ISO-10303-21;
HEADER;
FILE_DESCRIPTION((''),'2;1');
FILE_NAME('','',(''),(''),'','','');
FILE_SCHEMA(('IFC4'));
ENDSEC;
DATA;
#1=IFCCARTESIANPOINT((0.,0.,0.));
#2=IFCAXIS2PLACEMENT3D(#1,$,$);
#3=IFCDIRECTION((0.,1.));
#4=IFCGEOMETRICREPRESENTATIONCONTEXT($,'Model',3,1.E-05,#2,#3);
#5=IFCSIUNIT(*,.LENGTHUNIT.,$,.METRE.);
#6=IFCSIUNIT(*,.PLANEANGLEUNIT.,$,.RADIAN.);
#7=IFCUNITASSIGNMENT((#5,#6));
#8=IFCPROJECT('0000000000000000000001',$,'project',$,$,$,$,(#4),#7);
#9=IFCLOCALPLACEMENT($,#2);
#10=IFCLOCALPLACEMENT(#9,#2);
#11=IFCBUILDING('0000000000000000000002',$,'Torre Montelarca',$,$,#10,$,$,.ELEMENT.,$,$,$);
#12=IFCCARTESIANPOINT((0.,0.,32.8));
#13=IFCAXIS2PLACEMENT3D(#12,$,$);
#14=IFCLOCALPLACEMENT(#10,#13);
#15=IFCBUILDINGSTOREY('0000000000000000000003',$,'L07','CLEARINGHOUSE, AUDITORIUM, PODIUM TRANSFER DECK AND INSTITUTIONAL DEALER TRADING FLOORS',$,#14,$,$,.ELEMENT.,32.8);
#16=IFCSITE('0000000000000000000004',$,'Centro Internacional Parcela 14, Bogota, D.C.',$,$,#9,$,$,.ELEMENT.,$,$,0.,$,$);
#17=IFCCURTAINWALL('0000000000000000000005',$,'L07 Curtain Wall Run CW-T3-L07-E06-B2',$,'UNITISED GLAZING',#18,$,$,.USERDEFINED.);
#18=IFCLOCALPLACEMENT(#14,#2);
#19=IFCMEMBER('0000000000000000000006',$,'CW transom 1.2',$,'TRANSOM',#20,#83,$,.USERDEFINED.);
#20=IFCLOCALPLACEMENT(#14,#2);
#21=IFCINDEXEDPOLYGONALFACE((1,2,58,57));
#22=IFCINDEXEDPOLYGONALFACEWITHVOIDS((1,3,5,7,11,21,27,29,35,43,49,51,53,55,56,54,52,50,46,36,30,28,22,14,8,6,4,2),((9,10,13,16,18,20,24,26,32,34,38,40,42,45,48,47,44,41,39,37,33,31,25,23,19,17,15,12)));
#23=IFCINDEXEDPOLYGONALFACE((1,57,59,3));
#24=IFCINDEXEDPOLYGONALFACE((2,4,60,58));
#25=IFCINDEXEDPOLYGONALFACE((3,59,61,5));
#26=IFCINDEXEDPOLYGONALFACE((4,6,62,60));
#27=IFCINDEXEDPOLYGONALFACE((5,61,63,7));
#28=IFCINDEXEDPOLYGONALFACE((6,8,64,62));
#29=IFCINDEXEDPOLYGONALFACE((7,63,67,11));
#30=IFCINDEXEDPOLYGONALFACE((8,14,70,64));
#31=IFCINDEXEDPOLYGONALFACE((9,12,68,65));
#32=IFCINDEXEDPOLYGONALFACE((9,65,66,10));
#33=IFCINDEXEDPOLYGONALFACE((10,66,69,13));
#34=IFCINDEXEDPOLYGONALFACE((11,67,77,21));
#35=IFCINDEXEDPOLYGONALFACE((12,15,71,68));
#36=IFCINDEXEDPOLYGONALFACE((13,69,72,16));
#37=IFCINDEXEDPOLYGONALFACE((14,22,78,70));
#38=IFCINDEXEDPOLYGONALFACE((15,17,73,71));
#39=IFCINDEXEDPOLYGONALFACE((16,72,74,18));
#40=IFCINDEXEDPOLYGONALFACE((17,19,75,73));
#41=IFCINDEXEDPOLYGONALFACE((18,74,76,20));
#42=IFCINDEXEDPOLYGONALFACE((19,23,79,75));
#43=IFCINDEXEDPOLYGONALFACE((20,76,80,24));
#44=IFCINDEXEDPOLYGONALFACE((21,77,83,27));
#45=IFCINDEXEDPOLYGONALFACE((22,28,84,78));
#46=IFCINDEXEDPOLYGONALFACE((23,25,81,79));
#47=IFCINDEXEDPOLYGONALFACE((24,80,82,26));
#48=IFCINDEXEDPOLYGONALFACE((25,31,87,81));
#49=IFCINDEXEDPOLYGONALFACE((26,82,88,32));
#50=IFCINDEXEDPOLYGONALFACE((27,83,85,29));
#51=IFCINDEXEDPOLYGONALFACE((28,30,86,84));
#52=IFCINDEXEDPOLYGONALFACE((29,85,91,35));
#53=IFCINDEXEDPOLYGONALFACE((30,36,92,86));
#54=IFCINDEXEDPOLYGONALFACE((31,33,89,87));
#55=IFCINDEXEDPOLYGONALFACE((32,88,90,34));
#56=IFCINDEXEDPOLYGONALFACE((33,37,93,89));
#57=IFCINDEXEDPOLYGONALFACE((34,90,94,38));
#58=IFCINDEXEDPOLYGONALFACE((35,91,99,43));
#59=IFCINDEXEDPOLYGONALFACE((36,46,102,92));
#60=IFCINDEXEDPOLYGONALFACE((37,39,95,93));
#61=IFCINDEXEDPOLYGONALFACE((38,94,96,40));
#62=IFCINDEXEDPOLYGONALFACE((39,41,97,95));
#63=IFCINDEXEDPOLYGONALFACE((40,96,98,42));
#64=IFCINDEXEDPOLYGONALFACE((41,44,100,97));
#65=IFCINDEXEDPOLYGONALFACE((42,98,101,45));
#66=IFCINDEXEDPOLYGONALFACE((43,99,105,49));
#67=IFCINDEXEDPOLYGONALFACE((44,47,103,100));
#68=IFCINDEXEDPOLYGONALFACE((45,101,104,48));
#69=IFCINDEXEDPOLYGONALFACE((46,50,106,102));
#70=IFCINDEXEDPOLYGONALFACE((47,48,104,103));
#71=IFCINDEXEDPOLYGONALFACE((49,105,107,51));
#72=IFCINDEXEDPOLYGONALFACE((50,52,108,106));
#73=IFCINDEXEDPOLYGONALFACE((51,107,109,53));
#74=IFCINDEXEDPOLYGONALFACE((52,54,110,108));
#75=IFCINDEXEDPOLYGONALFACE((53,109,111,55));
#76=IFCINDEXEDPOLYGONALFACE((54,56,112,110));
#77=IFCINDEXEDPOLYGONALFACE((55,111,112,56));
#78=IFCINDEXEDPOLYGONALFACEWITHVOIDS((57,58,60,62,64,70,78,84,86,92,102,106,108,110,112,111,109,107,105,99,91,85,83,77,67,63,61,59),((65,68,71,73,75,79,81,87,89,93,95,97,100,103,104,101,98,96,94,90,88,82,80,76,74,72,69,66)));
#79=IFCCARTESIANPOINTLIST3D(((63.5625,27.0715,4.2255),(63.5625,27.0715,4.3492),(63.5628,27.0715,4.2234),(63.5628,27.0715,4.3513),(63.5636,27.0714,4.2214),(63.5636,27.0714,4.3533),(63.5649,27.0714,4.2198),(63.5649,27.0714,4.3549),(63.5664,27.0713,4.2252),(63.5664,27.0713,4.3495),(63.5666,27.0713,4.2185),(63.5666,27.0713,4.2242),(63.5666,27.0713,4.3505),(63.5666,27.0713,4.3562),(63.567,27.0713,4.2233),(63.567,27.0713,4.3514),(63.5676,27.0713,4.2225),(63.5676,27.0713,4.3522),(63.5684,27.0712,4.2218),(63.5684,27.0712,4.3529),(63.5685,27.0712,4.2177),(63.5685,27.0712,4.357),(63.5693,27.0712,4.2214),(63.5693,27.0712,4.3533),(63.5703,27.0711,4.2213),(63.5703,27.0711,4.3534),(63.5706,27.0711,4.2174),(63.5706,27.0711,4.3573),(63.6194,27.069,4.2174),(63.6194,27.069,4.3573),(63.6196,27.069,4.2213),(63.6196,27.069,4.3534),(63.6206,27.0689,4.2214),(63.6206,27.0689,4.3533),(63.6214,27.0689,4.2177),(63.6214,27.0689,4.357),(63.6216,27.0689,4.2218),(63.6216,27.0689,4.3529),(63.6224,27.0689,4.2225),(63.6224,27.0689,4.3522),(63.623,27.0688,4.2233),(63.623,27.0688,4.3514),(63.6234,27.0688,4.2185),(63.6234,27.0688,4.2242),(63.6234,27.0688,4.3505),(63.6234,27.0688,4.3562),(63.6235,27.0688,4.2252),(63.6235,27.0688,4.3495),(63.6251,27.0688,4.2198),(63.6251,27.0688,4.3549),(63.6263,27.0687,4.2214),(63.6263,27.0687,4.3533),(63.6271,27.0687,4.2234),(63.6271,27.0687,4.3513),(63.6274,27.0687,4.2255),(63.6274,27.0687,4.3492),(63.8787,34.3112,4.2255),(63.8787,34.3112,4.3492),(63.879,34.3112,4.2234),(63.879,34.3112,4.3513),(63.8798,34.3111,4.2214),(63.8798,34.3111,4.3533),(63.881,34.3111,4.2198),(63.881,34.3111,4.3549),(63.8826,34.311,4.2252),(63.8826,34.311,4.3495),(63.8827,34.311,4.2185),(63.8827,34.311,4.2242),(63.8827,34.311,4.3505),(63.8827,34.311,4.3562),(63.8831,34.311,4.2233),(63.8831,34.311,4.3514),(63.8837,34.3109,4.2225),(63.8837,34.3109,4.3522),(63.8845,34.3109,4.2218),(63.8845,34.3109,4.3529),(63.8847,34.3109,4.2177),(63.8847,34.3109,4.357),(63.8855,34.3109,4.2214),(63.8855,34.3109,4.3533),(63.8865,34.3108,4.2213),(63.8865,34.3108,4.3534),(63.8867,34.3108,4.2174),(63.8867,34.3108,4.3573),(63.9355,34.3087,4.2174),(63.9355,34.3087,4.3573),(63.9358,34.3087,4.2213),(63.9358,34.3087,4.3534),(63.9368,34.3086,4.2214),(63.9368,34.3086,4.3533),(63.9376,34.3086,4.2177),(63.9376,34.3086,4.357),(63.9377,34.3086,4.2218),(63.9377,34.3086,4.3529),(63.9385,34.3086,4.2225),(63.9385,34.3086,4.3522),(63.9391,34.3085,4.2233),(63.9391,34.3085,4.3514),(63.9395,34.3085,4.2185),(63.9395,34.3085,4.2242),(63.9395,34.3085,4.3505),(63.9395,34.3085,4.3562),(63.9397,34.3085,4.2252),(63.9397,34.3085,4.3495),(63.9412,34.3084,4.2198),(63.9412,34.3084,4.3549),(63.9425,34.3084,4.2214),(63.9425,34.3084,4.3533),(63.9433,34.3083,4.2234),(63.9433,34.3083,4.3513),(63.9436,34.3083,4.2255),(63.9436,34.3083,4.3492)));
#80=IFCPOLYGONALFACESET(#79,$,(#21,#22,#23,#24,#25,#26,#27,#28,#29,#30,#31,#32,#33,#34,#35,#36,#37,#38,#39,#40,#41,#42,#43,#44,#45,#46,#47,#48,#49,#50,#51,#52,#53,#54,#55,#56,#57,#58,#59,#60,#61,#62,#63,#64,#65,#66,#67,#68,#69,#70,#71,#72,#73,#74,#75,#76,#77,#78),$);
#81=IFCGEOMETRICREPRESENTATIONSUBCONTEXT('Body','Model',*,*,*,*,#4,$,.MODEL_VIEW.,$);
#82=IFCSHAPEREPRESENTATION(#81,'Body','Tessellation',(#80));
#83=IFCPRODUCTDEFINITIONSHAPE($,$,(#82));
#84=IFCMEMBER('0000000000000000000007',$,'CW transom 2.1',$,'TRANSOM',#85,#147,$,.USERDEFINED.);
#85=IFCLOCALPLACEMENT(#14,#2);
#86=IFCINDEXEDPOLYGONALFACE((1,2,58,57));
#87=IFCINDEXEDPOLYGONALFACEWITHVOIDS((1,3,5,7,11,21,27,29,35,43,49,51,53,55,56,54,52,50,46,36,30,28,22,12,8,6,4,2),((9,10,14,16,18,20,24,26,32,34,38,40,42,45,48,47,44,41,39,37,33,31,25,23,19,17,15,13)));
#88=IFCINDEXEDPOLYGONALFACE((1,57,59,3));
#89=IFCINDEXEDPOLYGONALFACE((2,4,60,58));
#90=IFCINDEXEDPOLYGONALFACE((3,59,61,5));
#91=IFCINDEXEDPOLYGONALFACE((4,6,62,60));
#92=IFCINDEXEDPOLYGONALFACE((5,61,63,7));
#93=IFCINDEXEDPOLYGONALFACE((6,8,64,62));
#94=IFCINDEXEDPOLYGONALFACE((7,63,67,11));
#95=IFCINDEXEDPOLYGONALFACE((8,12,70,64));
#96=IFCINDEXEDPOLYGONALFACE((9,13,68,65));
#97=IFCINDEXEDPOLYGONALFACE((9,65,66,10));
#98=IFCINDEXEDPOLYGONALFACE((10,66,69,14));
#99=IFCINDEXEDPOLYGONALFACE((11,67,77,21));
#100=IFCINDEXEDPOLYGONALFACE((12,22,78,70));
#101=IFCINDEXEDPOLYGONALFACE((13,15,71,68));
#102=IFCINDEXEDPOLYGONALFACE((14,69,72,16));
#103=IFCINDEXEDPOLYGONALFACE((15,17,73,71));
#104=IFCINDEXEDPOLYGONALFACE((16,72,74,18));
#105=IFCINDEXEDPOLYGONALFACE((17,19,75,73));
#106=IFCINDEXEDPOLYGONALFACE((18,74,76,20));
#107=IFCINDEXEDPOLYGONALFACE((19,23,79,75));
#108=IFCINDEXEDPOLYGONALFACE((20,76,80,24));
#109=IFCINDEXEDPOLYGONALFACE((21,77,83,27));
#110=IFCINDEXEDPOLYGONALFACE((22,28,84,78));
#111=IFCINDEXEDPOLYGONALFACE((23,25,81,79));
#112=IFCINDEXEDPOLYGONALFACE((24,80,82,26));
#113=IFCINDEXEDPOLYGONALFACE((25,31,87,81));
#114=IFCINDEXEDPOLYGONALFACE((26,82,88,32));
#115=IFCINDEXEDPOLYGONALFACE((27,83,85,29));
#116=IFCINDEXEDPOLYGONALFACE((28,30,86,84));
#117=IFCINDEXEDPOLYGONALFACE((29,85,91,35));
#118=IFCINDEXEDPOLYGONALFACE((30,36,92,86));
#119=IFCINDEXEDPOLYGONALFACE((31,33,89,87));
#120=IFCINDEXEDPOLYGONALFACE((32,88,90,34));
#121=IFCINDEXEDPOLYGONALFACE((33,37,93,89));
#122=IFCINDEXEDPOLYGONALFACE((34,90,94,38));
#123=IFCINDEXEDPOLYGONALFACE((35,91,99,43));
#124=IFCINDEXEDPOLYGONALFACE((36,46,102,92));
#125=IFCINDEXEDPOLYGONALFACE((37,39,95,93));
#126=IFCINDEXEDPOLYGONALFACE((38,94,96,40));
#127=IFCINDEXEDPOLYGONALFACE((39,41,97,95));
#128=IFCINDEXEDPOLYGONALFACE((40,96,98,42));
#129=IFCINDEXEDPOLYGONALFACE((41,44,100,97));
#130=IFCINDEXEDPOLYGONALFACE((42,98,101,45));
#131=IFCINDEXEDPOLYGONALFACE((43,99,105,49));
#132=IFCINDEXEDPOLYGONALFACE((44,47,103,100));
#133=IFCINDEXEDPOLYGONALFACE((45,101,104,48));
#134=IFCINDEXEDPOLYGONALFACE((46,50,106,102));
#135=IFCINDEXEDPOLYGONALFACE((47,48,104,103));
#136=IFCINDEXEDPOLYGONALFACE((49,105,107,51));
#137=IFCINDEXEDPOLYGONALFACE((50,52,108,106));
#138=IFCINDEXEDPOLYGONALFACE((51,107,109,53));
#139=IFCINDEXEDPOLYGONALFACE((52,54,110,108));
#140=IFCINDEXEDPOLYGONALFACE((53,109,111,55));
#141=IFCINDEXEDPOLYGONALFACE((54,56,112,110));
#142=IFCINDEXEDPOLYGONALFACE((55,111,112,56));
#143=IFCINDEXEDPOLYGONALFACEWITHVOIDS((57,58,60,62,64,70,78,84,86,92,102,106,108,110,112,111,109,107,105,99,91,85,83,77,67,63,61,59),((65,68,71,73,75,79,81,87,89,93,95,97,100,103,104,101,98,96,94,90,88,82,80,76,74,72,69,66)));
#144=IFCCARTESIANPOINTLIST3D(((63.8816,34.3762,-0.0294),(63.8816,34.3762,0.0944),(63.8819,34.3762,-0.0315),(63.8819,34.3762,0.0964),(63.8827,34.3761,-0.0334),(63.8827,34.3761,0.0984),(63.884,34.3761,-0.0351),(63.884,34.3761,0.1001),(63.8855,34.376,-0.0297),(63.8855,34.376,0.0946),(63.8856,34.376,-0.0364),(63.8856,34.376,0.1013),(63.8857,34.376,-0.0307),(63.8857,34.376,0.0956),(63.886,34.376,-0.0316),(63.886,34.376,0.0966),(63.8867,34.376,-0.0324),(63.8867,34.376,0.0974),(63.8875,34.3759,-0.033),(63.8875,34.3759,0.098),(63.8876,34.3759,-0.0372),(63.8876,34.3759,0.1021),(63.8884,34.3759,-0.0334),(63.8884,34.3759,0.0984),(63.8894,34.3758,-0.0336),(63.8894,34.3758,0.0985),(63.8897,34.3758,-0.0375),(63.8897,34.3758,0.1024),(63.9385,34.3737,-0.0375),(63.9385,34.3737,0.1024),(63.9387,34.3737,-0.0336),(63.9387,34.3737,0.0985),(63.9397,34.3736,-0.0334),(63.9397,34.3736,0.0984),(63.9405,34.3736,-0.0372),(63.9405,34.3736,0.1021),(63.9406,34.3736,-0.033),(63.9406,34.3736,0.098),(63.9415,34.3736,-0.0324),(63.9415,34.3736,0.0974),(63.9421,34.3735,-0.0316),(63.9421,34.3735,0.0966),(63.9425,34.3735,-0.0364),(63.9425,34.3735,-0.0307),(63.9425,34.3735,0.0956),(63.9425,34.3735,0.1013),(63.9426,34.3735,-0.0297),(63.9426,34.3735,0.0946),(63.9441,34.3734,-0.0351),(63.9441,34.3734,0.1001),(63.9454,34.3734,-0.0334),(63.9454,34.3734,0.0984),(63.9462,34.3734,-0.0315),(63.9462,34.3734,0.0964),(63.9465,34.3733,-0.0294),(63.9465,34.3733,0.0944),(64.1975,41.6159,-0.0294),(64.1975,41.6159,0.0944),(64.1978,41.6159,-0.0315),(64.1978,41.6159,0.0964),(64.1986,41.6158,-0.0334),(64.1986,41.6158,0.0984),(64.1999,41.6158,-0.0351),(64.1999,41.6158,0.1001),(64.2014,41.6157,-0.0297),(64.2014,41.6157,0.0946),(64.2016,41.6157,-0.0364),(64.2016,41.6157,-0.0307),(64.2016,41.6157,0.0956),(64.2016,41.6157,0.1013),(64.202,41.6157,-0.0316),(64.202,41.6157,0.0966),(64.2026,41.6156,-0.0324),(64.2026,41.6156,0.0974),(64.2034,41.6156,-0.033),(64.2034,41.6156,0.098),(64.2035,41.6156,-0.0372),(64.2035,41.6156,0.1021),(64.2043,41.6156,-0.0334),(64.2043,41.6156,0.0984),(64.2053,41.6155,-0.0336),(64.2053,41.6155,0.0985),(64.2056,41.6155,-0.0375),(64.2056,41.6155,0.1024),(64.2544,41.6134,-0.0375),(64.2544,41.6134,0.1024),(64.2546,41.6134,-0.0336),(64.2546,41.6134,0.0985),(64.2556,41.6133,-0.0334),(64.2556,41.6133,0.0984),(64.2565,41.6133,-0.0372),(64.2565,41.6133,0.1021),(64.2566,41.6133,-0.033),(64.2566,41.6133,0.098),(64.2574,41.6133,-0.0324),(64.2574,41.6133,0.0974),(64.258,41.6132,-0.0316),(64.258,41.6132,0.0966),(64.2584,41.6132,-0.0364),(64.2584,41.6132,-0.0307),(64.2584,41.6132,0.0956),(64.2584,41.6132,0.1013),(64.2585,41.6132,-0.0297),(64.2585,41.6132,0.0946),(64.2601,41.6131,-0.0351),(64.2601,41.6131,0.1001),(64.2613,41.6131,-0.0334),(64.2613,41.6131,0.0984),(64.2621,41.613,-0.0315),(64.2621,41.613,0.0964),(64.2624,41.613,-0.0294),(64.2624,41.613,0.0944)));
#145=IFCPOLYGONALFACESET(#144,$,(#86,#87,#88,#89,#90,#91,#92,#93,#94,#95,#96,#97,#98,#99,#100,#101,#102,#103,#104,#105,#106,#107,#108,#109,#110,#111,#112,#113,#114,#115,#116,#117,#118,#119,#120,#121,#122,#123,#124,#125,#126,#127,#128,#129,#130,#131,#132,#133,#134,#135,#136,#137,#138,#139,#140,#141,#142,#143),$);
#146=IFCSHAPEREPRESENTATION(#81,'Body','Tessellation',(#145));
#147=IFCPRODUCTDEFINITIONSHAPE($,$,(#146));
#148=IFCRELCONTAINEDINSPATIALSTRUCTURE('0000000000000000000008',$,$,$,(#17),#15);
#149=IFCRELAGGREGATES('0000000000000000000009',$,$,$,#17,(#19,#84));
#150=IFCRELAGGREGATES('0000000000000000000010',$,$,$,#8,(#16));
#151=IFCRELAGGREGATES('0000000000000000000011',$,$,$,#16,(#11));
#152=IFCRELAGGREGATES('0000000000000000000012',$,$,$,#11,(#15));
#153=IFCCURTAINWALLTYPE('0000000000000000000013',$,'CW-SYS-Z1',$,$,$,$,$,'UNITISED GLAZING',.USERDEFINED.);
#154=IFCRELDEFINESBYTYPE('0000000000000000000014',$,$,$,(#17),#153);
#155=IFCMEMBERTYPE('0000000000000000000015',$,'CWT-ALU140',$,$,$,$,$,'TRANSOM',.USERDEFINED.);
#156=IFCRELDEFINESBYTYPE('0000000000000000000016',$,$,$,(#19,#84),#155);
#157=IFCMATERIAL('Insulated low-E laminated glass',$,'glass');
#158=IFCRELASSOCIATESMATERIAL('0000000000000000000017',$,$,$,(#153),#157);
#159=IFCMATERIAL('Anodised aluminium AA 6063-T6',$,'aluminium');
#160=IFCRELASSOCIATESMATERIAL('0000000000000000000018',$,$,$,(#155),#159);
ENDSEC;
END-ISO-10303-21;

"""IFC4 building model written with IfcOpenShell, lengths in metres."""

from ifc_helpers import new_model, si_unit, direction, frame, origin, origin_2d, place, context, subcontext, project, spatial, hollow_rectangle, extrude, source, transform, mapped, material, material_profile, profile_set, type_object, element, aggregate, save


model = new_model("IFC4")

# Units and contexts
model_context = context("Model", 3, precision=1e-05, world=origin(), true_north=direction((0.0, 1.0)))
body_context = subcontext(model_context, "Body", "Model", "MODEL_VIEW")
ifc_project = project(units=[si_unit("LENGTHUNIT", "METRE"), si_unit("PLANEANGLEUNIT", "RADIAN")], contexts=[model_context])

# Site, building, storey
site_placement = place(None, origin())
site = spatial("IfcSite", under=ifc_project, at=site_placement, Name="Centro Internacional Parcela 14, Bogota, D.C.", CompositionType="ELEMENT", RefElevation=0.0)
building_placement = place(site_placement, origin())
building = spatial("IfcBuilding", under=site, at=building_placement, Name="Torre Montelarca", CompositionType="ELEMENT")
storey_placement = place(building_placement, frame((0.0, 0.0, 32.8)))
storey = spatial("IfcBuildingStorey", under=building, at=storey_placement, Name="L07", Description="CLEARINGHOUSE, AUDITORIUM, PODIUM TRANSFER DECK AND INSTITUTIONAL DEALER TRADING FLOORS", CompositionType="ELEMENT", Elevation=32.8)

# Curtain wall
ifc_material_1 = material(Name="Insulated low-E laminated glass", Category="glass")
curtain_wall_type = type_object("IfcCurtainWallType", Name="CW-SYS-Z1", ElementType="UNITISED GLAZING", PredefinedType="USERDEFINED", material=ifc_material_1)
curtain_wall_1_placement = place(storey_placement, origin())
curtain_wall_1 = element("IfcCurtainWall", 1, at=curtain_wall_1_placement, inside=storey, type_object=curtain_wall_type, Name="L07 Curtain Wall Run CW-T3-L07-E06-B2", ObjectType="UNITISED GLAZING", PredefinedType="USERDEFINED")
ifc_material_2 = material(Name="Anodised aluminium AA 6063-T6", Category="aluminium")
ifc_material_profile_1 = material_profile(ifc_material_2, hollow_rectangle(XDim=0.0649, YDim=0.1399, WallThickness=0.0039, InnerFilletRadius=0.0039, OuterFilletRadius=0.0081, at=origin_2d()), Name="ALU65X140X4", Category="aluminium")
ifc_profile_set_1 = profile_set([ifc_material_profile_1], Name="Anodised aluminium AA 6063-T6")
member_type_1 = type_object("IfcMemberType", Name="CWT-ALU140", ElementType="TRANSOM", PredefinedType="USERDEFINED", material=ifc_profile_set_1)

# Members
shared_shape_1 = source(origin(), body_context, "Body", "SweptSolid", [
    extrude(hollow_rectangle(XDim=0.0649, YDim=0.1399, WallThickness=0.0039, InnerFilletRadius=0.0039, OuterFilletRadius=0.0081, at=origin_2d()), origin(), (0.0, 0.0, 1.0), 7.2466),
])
member_1_placement = place(storey_placement, frame((63.595, 27.0701, 4.2874), z_axis=(0.043629, 0.999048, 0.0), x_axis=(-0.999048, 0.043629, 0.0)))
member_1 = element("IfcMember", 2, at=member_1_placement, type_object=member_type_1, Name="CW transom 1.2", ObjectType="TRANSOM", PredefinedType="USERDEFINED", context=body_context, shape_type="MappedRepresentation", body=[
    mapped(shared_shape_1, transform((0.0, 0.0, 0.0), scale=1.0)),
])
member_2_placement = place(storey_placement, frame((63.9141, 34.3748, 0.0325), z_axis=(0.043595, 0.999049, 0.0), x_axis=(-0.999049, 0.043595, 0.0)))
member_2 = element("IfcMember", 3, at=member_2_placement, type_object=member_type_1, Name="CW transom 2.1", ObjectType="TRANSOM", PredefinedType="USERDEFINED", context=body_context, shape_type="MappedRepresentation", body=[
    mapped(shared_shape_1, transform((0.0, 0.0, 0.0), scale=1.0)),
])

aggregate(curtain_wall_1, [member_1, member_2])

save(model, "model.ifc")
